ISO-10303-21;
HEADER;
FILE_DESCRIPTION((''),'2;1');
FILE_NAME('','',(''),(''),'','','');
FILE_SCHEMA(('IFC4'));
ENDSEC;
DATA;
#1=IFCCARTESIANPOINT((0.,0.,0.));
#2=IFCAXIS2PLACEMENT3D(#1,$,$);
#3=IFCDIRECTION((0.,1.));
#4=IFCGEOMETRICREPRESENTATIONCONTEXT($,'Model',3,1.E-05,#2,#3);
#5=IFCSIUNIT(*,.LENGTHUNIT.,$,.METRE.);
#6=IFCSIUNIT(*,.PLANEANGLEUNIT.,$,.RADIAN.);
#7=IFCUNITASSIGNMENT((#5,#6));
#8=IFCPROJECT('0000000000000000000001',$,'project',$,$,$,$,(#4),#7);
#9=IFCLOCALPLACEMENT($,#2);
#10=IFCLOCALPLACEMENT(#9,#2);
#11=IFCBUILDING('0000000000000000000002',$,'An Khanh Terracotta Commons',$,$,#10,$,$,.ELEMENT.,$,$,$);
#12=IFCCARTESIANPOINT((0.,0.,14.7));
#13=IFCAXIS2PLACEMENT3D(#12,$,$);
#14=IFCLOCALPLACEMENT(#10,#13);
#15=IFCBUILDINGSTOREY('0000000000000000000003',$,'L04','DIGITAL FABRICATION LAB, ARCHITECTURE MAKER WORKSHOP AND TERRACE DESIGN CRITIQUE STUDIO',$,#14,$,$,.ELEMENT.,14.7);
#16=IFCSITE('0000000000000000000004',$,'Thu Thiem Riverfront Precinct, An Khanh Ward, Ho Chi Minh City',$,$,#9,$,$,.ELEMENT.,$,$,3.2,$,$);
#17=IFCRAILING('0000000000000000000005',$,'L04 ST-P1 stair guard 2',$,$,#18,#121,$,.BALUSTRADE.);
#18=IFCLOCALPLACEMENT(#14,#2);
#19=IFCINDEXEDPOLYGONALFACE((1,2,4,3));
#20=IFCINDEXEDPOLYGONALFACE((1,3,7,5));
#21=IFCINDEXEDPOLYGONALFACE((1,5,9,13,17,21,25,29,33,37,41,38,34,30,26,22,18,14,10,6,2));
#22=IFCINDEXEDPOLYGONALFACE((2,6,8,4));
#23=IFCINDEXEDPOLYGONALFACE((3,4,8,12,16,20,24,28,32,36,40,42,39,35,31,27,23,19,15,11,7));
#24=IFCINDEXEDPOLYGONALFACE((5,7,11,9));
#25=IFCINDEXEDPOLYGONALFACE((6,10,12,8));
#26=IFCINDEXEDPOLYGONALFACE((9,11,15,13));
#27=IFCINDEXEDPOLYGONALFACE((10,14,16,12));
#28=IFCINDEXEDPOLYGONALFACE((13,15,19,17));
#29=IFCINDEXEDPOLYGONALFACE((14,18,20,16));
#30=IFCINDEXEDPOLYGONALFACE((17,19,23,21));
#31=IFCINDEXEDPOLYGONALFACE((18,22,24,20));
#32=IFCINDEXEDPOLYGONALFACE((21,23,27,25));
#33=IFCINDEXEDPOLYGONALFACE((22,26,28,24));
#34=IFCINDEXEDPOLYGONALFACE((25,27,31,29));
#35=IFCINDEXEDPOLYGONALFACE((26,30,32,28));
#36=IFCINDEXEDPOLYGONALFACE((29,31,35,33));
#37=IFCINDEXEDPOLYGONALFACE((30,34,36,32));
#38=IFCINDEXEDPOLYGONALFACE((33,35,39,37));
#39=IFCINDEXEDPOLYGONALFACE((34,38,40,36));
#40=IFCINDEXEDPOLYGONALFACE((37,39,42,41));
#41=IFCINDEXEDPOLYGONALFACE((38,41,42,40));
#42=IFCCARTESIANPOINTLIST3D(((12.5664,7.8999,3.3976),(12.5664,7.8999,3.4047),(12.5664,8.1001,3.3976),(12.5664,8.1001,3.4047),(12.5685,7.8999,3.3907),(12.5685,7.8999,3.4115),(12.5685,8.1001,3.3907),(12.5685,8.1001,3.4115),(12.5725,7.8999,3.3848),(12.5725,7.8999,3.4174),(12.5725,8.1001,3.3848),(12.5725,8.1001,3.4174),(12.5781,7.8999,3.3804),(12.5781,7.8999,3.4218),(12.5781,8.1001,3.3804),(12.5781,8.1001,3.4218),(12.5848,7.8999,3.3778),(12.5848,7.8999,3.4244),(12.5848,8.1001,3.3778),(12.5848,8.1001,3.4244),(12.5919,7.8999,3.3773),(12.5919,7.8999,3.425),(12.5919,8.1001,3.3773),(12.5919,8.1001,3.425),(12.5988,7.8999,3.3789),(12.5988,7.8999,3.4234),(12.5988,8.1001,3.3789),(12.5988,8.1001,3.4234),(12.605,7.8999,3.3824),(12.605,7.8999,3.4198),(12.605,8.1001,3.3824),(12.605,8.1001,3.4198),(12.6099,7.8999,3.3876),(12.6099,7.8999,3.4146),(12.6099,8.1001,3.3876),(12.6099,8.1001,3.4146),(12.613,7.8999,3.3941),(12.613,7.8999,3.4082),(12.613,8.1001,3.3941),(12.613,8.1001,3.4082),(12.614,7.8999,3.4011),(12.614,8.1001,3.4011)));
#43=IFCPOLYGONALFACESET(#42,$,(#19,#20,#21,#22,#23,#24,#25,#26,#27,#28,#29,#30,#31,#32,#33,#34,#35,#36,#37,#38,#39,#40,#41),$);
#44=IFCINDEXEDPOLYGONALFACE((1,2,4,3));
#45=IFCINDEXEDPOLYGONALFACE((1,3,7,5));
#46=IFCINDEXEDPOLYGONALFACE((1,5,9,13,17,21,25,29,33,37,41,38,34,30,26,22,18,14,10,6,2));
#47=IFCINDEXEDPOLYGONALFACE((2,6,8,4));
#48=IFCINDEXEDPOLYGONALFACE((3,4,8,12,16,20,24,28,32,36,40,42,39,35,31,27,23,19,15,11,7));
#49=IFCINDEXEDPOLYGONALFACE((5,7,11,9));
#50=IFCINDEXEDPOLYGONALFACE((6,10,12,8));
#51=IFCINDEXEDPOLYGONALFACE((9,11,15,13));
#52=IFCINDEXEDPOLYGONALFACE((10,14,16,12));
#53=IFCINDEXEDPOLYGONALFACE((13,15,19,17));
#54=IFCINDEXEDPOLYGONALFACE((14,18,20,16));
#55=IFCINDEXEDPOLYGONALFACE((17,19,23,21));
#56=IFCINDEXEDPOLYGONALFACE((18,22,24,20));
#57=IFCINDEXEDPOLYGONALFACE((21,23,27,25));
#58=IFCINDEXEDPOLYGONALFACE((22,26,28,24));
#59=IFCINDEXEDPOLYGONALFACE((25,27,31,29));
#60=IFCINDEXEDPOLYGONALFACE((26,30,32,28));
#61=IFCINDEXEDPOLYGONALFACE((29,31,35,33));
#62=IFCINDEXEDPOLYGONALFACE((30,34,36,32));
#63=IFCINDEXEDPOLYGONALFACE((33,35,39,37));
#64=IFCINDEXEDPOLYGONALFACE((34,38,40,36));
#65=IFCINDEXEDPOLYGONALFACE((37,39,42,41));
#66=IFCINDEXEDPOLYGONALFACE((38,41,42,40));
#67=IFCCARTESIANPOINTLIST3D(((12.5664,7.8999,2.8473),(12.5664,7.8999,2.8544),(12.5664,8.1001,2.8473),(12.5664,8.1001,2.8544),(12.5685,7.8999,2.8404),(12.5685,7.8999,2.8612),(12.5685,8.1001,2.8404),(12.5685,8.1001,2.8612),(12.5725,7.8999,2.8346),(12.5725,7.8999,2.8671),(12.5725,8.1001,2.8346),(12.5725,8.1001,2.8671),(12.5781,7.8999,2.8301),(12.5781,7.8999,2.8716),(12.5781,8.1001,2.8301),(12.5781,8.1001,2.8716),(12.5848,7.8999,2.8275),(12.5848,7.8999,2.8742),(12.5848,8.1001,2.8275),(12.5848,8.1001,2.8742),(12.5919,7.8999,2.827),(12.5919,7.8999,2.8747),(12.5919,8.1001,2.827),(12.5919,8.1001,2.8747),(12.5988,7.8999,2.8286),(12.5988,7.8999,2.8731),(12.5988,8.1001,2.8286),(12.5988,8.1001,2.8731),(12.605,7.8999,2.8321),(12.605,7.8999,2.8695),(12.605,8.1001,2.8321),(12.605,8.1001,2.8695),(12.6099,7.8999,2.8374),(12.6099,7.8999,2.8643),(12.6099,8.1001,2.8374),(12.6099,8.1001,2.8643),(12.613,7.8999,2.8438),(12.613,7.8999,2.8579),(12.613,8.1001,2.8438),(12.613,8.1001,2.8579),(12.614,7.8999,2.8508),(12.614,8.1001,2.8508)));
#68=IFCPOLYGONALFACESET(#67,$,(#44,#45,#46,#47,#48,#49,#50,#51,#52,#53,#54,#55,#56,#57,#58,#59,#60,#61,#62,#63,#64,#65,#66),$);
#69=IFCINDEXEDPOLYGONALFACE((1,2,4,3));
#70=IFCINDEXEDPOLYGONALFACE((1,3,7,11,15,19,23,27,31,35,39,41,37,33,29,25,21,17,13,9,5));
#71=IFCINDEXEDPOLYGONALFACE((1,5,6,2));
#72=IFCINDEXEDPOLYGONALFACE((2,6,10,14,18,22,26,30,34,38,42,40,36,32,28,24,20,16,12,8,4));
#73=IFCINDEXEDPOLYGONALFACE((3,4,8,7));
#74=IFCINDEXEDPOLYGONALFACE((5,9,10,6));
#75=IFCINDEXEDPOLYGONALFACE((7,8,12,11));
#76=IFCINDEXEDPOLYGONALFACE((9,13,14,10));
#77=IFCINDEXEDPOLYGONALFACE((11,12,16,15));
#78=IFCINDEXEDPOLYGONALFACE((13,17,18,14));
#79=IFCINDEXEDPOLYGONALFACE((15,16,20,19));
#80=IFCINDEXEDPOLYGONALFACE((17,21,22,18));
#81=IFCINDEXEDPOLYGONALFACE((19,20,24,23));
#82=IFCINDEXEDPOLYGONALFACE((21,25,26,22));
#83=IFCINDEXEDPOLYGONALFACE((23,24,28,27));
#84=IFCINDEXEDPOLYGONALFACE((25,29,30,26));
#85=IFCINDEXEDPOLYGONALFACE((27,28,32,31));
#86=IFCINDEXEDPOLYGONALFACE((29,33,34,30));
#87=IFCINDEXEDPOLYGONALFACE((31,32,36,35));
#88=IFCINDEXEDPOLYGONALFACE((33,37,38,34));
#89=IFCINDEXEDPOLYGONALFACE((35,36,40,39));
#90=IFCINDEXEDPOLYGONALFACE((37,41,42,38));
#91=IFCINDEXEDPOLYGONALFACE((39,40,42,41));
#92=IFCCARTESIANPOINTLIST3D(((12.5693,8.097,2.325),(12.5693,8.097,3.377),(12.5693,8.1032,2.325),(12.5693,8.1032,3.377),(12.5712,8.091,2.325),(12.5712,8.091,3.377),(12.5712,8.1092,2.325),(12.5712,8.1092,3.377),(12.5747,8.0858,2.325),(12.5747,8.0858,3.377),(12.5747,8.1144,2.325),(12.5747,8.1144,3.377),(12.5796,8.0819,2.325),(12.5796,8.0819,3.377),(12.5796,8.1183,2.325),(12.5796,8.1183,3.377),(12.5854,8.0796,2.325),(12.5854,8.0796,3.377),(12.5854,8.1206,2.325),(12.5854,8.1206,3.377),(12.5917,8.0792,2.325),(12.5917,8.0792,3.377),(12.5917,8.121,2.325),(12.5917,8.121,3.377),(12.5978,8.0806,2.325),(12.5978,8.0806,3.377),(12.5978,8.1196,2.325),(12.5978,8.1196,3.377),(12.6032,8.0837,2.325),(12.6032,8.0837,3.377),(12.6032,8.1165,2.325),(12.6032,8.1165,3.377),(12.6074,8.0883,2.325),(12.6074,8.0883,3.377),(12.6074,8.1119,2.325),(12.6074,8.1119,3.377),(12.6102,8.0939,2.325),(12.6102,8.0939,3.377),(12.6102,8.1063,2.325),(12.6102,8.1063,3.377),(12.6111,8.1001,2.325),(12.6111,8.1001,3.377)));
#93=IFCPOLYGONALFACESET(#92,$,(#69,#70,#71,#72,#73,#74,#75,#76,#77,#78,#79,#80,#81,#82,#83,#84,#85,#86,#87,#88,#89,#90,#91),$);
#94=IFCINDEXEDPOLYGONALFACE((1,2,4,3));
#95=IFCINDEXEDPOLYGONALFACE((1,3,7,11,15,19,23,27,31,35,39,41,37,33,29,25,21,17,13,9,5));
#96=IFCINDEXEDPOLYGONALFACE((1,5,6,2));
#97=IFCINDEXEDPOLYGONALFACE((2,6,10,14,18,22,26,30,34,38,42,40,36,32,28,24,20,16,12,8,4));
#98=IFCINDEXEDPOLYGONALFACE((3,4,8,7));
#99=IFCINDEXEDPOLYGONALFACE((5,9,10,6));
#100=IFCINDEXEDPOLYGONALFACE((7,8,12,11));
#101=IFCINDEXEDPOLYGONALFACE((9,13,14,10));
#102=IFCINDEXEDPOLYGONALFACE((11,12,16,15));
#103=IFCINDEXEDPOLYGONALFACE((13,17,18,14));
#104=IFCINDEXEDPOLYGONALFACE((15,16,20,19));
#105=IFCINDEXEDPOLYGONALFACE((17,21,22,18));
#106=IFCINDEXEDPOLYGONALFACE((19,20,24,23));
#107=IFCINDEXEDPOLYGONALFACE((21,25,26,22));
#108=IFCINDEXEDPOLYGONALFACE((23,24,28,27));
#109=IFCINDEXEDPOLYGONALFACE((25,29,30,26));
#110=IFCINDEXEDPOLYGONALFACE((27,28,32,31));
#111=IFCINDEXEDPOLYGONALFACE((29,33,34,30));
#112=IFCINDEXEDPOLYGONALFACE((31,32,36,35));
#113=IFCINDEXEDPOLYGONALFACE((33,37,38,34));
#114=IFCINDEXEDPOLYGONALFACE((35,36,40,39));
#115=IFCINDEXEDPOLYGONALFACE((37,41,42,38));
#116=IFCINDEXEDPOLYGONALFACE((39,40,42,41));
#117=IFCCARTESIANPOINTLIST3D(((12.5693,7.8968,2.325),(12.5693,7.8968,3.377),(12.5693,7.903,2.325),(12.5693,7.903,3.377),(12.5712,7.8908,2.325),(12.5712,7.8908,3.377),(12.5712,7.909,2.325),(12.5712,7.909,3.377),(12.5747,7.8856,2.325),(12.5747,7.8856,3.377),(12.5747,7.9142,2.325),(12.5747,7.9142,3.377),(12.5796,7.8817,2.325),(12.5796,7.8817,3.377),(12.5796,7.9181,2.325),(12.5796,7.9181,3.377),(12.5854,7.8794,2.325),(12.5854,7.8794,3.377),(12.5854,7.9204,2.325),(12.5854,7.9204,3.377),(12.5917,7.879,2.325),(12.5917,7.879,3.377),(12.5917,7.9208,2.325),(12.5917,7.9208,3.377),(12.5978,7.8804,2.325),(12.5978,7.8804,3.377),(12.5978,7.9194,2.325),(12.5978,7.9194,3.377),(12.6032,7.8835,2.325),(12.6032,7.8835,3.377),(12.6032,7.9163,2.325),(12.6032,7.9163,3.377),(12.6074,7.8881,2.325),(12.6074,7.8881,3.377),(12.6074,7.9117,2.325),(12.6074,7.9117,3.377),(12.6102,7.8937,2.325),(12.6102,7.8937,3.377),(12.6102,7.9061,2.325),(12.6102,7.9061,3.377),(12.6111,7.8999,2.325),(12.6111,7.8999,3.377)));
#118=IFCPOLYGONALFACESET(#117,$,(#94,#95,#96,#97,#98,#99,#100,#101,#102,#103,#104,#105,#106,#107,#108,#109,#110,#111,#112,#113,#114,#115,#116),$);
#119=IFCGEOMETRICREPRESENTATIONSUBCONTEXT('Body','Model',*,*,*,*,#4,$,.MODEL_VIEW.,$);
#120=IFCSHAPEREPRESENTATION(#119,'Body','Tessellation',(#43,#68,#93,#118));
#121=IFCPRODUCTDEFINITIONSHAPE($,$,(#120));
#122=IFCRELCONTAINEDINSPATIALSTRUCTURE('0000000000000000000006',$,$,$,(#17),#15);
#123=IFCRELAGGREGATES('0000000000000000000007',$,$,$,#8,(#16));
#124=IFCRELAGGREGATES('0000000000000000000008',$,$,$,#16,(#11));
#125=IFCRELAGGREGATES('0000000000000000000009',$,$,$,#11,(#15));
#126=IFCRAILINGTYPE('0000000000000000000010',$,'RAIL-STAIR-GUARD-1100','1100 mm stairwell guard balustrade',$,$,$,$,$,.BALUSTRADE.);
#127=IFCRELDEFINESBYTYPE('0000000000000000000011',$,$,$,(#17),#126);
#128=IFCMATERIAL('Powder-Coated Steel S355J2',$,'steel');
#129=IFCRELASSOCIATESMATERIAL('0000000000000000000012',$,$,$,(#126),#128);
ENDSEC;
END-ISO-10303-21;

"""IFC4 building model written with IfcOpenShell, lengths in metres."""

from ifc_helpers import new_model, si_unit, direction, frame, origin, origin_2d, place, context, subcontext, project, spatial, circle, extrude, material, type_object, element, save


model = new_model("IFC4")

# Units and contexts
model_context = context("Model", 3, precision=1e-05, world=origin(), true_north=direction((0.0, 1.0)))
body_context = subcontext(model_context, "Body", "Model", "MODEL_VIEW")
ifc_project = project(units=[si_unit("LENGTHUNIT", "METRE"), si_unit("PLANEANGLEUNIT", "RADIAN")], contexts=[model_context])

# Site, building, storey
site_placement = place(None, origin())
site = spatial("IfcSite", under=ifc_project, at=site_placement, Name="Thu Thiem Riverfront Precinct, An Khanh Ward, Ho Chi Minh City", CompositionType="ELEMENT", RefElevation=3.2)
building_placement = place(site_placement, origin())
building = spatial("IfcBuilding", under=site, at=building_placement, Name="An Khanh Terracotta Commons", CompositionType="ELEMENT")
storey_placement = place(building_placement, frame((0.0, 0.0, 14.7)))
storey = spatial("IfcBuildingStorey", under=building, at=storey_placement, Name="L04", Description="DIGITAL FABRICATION LAB, ARCHITECTURE MAKER WORKSHOP AND TERRACE DESIGN CRITIQUE STUDIO", CompositionType="ELEMENT", Elevation=14.7)

# Railing
ifc_material_1 = material(Name="Powder-Coated Steel S355J2", Category="steel")
railing_type_1 = type_object("IfcRailingType", Name="RAIL-STAIR-GUARD-1100", Description="1100 mm stairwell guard balustrade", PredefinedType="BALUSTRADE", material=ifc_material_1)
railing_1_placement = place(storey_placement, frame((12.5901, 8.1001, 2.325)))
element("IfcRailing", 1, at=railing_1_placement, inside=storey, type_object=railing_type_1, Name="L04 ST-P1 stair guard 2", PredefinedType="BALUSTRADE", context=body_context, shape_type="SweptSolid", body=[
    extrude(circle(Radius=0.0239, at=origin_2d()), frame((0.0, 0.0, 1.0762), z_axis=(0.0, -1.0, 0.0), x_axis=(1.0, 0.0, 0.0)), (0.0, 0.0, 1.0), 0.2002),
    extrude(circle(Radius=0.0239, at=origin_2d()), frame((0.0, 0.0, 0.5259), z_axis=(0.0, -1.0, 0.0), x_axis=(1.0, 0.0, 0.0)), (0.0, 0.0, 1.0), 0.2002),
    extrude(circle(Radius=0.021, at=origin_2d()), origin(), (0.0, 0.0, 1.0), 1.052),
    extrude(circle(Radius=0.021, at=origin_2d()), frame((0.0, -0.2002, 0.0)), (0.0, 0.0, 1.0), 1.052),
])

save(model, "model.ifc")
